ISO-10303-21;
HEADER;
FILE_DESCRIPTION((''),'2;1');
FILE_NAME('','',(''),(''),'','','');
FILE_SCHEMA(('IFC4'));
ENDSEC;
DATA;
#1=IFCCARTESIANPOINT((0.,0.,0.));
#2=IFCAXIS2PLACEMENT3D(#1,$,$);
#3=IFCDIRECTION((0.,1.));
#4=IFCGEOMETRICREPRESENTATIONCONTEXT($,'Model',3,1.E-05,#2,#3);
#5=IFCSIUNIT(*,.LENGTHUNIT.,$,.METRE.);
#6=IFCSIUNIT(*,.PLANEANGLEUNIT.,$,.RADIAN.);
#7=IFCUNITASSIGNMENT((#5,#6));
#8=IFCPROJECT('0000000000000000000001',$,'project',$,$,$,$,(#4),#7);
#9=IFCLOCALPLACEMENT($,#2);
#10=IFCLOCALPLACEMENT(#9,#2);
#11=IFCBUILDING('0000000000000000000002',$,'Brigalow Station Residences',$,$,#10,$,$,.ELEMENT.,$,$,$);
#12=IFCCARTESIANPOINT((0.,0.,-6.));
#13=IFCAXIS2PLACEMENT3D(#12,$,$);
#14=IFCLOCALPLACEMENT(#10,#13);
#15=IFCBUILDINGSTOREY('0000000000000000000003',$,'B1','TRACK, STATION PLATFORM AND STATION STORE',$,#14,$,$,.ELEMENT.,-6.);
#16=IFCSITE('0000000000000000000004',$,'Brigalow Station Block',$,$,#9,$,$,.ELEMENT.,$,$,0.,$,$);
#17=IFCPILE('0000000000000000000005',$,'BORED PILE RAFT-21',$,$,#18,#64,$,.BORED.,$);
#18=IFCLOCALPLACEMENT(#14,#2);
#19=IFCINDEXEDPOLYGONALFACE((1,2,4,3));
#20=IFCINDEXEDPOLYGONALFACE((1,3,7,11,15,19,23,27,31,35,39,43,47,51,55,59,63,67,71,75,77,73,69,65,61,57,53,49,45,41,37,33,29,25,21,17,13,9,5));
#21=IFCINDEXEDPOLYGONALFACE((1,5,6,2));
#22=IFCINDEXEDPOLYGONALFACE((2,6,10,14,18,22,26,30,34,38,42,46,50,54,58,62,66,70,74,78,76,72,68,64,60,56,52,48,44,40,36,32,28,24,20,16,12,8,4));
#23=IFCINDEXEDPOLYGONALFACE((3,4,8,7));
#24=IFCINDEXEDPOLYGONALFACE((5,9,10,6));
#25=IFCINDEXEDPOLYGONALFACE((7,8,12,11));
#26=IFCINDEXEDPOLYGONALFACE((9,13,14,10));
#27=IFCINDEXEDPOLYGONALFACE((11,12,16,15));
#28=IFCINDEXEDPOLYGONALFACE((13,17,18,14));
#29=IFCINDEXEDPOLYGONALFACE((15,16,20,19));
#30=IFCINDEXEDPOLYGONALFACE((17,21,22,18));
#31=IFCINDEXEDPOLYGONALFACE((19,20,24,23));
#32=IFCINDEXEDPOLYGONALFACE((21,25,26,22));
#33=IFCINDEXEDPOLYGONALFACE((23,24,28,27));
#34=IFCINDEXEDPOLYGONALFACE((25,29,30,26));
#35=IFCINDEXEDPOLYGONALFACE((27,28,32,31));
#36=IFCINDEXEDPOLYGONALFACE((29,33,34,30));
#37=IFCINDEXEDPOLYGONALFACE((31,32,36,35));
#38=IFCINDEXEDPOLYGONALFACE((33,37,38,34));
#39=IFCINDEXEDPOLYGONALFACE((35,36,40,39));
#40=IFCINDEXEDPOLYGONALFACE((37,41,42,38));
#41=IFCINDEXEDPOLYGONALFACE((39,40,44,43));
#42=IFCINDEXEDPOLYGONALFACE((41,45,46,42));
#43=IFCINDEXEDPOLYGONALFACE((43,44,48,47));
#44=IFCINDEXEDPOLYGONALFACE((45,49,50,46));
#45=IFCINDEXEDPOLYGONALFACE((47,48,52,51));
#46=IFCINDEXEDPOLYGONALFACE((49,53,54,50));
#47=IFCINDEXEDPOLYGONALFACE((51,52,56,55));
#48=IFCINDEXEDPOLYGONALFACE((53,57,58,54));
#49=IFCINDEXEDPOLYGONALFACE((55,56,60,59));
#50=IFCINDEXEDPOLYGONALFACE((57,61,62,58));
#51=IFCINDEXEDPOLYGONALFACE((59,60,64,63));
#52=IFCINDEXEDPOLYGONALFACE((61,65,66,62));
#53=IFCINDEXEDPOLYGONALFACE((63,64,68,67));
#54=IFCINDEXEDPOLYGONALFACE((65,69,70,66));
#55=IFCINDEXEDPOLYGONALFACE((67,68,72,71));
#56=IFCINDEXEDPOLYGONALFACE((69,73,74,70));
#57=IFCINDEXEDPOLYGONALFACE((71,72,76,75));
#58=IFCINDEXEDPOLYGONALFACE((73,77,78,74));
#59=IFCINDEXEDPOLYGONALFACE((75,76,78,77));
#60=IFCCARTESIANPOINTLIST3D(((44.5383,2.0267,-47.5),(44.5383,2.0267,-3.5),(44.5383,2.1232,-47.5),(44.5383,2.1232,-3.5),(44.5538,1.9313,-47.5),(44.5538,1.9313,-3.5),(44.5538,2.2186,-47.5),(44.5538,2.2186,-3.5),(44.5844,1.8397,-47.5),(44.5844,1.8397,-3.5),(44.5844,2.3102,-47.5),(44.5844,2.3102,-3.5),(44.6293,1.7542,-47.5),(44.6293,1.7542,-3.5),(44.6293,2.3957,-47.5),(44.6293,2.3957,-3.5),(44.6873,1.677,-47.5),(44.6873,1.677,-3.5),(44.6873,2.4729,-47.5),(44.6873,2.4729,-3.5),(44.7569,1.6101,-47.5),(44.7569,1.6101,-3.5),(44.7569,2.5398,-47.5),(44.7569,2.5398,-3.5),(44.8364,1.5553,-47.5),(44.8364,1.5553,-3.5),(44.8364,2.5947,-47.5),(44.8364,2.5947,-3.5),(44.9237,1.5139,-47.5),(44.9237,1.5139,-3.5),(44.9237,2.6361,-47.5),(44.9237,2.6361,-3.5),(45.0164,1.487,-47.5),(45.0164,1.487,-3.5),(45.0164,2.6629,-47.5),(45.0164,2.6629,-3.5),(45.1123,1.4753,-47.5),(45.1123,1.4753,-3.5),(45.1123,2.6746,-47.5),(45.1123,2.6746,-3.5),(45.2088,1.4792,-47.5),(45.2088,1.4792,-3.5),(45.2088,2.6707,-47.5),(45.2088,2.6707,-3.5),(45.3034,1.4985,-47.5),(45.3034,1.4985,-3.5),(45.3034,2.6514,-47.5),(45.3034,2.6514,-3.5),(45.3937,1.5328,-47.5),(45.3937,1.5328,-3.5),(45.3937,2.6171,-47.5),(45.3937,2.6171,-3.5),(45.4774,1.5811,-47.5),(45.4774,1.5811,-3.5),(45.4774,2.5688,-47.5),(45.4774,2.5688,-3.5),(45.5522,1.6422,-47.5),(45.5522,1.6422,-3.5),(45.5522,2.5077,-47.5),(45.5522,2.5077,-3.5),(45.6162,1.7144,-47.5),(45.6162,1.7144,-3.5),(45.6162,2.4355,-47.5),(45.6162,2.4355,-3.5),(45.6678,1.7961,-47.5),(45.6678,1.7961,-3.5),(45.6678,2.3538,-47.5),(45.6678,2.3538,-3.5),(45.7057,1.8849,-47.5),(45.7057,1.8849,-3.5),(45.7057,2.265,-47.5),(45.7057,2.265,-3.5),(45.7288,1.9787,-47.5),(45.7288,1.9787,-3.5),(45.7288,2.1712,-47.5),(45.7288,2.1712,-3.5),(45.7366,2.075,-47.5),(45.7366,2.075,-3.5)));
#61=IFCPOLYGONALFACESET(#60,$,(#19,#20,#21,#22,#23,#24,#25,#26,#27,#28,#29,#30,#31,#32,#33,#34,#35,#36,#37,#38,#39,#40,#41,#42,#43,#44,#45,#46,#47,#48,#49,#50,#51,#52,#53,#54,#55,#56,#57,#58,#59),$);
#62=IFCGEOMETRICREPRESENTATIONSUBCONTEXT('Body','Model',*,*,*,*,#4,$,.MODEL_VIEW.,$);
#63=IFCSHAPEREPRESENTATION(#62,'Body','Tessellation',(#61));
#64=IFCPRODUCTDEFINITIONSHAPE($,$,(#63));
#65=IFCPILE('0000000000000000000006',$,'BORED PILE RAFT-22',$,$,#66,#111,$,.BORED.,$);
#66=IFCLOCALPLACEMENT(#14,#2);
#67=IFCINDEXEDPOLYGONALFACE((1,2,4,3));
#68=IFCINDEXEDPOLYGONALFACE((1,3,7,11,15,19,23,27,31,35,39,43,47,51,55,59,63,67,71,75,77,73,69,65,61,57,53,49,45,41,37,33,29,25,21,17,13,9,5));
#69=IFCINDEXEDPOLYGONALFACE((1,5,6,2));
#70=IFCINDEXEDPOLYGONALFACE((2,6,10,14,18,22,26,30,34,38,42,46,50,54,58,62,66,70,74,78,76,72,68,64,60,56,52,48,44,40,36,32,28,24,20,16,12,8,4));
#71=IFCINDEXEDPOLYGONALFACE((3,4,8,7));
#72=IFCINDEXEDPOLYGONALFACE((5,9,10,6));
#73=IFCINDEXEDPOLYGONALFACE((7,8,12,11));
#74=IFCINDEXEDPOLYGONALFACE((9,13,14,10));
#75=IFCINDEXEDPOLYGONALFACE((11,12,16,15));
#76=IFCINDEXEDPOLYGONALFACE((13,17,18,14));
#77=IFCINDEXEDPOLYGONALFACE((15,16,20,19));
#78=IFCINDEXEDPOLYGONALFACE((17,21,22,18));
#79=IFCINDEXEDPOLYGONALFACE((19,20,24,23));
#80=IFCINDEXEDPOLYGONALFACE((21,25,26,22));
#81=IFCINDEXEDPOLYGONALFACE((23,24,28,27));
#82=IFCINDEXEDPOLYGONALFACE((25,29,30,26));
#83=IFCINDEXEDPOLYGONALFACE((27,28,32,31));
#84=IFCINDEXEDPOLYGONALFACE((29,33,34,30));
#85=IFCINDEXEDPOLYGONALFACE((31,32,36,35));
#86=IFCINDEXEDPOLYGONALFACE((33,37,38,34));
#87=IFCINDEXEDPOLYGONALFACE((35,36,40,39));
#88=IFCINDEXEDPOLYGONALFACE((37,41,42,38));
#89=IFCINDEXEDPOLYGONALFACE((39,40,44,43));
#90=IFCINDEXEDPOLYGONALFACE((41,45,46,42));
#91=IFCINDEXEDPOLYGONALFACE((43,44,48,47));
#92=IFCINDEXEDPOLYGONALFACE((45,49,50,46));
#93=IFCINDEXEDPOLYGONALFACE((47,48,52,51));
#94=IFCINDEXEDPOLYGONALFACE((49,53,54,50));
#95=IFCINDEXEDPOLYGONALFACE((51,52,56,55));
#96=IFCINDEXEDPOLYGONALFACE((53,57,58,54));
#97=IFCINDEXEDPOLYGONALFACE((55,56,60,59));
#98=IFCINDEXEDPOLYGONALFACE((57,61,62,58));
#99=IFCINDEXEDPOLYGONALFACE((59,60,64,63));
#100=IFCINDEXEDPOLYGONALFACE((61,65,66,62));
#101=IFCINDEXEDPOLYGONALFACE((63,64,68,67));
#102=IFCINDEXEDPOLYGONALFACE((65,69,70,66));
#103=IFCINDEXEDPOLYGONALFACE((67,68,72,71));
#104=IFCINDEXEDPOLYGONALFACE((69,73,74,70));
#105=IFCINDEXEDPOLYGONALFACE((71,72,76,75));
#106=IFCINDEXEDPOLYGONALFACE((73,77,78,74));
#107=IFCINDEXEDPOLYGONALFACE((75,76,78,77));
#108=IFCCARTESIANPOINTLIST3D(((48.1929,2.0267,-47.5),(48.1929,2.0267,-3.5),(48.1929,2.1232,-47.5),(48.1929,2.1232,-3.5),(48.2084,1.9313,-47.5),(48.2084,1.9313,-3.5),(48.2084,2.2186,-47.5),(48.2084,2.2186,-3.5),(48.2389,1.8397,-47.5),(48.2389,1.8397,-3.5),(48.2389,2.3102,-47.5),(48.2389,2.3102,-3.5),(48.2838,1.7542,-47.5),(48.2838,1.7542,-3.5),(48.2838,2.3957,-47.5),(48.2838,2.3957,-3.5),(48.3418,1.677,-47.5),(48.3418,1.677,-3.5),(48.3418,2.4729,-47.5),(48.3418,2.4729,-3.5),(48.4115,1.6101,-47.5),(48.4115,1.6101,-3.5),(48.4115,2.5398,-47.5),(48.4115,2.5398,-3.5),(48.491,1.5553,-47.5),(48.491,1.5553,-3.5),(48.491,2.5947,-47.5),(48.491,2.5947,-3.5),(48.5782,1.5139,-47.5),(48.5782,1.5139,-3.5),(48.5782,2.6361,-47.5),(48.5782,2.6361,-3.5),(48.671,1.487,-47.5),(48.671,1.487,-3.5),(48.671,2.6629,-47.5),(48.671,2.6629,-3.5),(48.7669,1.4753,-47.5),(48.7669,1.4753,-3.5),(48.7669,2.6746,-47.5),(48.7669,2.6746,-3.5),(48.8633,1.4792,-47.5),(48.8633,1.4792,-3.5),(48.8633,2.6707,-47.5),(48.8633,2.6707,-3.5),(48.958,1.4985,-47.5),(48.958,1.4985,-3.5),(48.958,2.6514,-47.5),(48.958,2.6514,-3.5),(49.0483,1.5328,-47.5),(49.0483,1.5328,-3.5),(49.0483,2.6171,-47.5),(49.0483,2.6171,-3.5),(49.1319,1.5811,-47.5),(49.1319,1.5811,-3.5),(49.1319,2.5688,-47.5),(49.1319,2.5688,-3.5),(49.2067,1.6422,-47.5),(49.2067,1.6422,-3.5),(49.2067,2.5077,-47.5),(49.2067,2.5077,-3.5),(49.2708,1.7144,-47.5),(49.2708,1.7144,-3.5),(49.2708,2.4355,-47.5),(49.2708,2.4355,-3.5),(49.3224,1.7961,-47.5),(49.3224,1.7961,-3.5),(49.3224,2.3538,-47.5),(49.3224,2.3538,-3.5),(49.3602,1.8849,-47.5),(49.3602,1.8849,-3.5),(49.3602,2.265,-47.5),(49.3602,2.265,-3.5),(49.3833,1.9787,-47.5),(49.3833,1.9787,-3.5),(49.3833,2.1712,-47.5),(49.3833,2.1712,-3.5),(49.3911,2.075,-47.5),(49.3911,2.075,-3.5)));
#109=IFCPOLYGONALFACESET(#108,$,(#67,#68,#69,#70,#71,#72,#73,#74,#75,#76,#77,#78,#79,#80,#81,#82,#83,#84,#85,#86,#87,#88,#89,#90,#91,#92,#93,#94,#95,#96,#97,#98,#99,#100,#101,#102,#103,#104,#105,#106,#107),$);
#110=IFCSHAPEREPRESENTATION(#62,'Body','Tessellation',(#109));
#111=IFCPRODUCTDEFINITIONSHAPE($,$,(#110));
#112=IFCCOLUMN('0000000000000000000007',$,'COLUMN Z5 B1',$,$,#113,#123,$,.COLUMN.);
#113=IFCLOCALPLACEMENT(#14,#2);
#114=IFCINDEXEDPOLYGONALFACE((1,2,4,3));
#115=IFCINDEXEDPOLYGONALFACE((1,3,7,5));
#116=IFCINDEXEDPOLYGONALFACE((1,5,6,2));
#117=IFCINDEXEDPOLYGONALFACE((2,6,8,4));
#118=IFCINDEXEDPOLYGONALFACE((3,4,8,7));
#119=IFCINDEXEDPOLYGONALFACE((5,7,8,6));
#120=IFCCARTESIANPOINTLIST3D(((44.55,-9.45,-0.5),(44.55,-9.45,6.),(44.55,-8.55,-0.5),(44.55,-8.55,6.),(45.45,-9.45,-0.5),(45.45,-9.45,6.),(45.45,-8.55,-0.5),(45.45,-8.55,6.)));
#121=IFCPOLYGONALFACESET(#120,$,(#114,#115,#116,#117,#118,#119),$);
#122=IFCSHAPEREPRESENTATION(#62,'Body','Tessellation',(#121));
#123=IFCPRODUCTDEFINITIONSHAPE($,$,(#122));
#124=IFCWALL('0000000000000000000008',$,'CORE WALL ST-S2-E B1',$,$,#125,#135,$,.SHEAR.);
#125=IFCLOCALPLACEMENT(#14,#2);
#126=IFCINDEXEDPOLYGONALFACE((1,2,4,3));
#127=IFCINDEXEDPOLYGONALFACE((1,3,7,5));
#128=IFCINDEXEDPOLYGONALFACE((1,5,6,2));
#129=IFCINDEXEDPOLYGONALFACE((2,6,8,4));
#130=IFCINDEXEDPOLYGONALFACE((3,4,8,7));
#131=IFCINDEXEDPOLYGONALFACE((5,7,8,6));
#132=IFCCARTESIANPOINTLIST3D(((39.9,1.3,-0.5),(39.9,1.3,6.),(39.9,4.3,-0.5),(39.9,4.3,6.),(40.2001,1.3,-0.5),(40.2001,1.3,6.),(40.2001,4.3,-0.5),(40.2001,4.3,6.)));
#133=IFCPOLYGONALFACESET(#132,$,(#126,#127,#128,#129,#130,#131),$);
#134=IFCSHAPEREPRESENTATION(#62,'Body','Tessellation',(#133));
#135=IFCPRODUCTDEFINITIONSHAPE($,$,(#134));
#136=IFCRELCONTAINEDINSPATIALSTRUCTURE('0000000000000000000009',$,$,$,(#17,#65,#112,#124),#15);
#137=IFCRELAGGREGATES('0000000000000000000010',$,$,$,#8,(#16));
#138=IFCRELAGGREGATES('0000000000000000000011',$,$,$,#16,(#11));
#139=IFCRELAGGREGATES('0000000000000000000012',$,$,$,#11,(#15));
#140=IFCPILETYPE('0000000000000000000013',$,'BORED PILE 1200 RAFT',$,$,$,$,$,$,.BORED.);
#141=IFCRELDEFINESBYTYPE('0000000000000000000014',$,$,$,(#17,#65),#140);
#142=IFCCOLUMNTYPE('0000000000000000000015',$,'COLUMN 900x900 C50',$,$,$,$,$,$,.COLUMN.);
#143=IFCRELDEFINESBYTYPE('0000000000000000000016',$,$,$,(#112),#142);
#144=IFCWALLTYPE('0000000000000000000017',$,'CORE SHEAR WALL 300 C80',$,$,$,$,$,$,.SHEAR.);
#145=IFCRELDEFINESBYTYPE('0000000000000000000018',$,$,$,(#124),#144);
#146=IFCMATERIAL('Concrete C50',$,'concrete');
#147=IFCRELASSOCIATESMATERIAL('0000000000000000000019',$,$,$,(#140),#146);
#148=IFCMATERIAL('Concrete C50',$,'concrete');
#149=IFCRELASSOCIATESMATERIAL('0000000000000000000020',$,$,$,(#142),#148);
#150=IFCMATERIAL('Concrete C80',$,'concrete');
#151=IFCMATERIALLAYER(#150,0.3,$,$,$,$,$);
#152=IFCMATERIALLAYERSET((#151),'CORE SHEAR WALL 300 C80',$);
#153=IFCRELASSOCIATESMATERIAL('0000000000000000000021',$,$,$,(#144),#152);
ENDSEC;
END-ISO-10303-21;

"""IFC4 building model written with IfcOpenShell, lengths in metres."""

from ifc_helpers import new_model, si_unit, direction, frame, frame_2d, origin, origin_2d, place, context, subcontext, project, spatial, rectangle, circle, extrude, material, layer, layer_set, material_profile, profile_set, type_object, element, save


model = new_model("IFC4")

# Units and contexts
model_context = context("Model", 3, precision=1e-05, world=origin(), true_north=direction((0.0, 1.0)))
body_context = subcontext(model_context, "Body", "Model", "MODEL_VIEW")
ifc_project = project(units=[si_unit("LENGTHUNIT", "METRE"), si_unit("PLANEANGLEUNIT", "RADIAN")], contexts=[model_context])

# Site, building, storey
site_placement = place(None, origin())
site = spatial("IfcSite", under=ifc_project, at=site_placement, Name="Brigalow Station Block", CompositionType="ELEMENT", RefElevation=0.0)
building_placement = place(site_placement, origin())
building = spatial("IfcBuilding", under=site, at=building_placement, Name="Brigalow Station Residences", CompositionType="ELEMENT")
storey_placement = place(building_placement, frame((0.0, 0.0, -6.0)))
storey = spatial("IfcBuildingStorey", under=building, at=storey_placement, Name="B1", Description="TRACK, STATION PLATFORM AND STATION STORE", CompositionType="ELEMENT", Elevation=-6.0)

# Piles
ifc_material_1 = material(Name="Concrete C50", Category="concrete")
ifc_material_profile_1 = material_profile(ifc_material_1, circle(Radius=0.6001, at=origin_2d()), Name="BP1200")
ifc_profile_set_1 = profile_set([ifc_material_profile_1], Name="Concrete C50")
pile_type_1 = type_object("IfcPileType", Name="BORED PILE 1200 RAFT", PredefinedType="BORED", material=ifc_profile_set_1)
for number, where, z_axis, x_axis, name in (
    (1, (45.1365, 2.075, -3.5), (0.0, 0.0, -1.0), (1.0, 0.0, 0.0), "BORED PILE RAFT-21"),
    (2, (48.791, 2.075, -3.5), (0.0, 0.0, -1.0), (1.0, 0.0, 0.0), "BORED PILE RAFT-22"),
):
    element("IfcPile", number, at=place(storey_placement, frame(where, z_axis=z_axis, x_axis=x_axis)), inside=storey, type_object=pile_type_1, Name=name, PredefinedType="BORED", context=body_context, shape_type="SweptSolid", body=[
        extrude(circle(Radius=0.6001, at=origin_2d()), origin(), (0.0, 0.0, 1.0), 44.0),
    ])

# Column
ifc_material_2 = material(Name="Concrete C50", Category="concrete")
ifc_material_profile_2 = material_profile(ifc_material_2, rectangle(XDim=0.8999, YDim=0.8999, at=origin_2d()), Name="RC900x900")
ifc_profile_set_2 = profile_set([ifc_material_profile_2], Name="Concrete C50")
column_type = type_object("IfcColumnType", Name="COLUMN 900x900 C50", PredefinedType="COLUMN", material=ifc_profile_set_2)
column_placement = place(storey_placement, frame((45.0, -9.0, -0.5), z_axis=(0.0, 0.0, 1.0), x_axis=(1.0, 0.0, 0.0)))
element("IfcColumn", 3, at=column_placement, inside=storey, type_object=column_type, Name="COLUMN Z5 B1", PredefinedType="COLUMN", context=body_context, shape_type="SweptSolid", body=[
    extrude(rectangle(XDim=0.8999, YDim=0.8999, at=origin_2d()), origin(), (0.0, 0.0, 1.0), 6.5),
])

# Wall
ifc_material_3 = material(Name="Concrete C80", Category="concrete")
ifc_layer_1 = layer(ifc_material_3, 0.3)
ifc_layer_set_1 = layer_set([ifc_layer_1], Name="CORE SHEAR WALL 300 C80")
wall_type_1 = type_object("IfcWallType", Name="CORE SHEAR WALL 300 C80", PredefinedType="SHEAR", material=ifc_layer_set_1)
wall_1_placement = place(storey_placement, frame((40.05, 1.3, -0.5), z_axis=(0.0, 0.0, 1.0), x_axis=(0.0, 1.0, 0.0)))
element("IfcWall", 4, at=wall_1_placement, inside=storey, type_object=wall_type_1, Name="CORE WALL ST-S2-E B1", PredefinedType="SHEAR", context=body_context, shape_type="SweptSolid", body=[
    extrude(rectangle(XDim=3.0, YDim=0.3, at=frame_2d((1.5, 0.0))), origin(), (0.0, 0.0, 1.0), 6.5),
])

save(model, "model.ifc")
